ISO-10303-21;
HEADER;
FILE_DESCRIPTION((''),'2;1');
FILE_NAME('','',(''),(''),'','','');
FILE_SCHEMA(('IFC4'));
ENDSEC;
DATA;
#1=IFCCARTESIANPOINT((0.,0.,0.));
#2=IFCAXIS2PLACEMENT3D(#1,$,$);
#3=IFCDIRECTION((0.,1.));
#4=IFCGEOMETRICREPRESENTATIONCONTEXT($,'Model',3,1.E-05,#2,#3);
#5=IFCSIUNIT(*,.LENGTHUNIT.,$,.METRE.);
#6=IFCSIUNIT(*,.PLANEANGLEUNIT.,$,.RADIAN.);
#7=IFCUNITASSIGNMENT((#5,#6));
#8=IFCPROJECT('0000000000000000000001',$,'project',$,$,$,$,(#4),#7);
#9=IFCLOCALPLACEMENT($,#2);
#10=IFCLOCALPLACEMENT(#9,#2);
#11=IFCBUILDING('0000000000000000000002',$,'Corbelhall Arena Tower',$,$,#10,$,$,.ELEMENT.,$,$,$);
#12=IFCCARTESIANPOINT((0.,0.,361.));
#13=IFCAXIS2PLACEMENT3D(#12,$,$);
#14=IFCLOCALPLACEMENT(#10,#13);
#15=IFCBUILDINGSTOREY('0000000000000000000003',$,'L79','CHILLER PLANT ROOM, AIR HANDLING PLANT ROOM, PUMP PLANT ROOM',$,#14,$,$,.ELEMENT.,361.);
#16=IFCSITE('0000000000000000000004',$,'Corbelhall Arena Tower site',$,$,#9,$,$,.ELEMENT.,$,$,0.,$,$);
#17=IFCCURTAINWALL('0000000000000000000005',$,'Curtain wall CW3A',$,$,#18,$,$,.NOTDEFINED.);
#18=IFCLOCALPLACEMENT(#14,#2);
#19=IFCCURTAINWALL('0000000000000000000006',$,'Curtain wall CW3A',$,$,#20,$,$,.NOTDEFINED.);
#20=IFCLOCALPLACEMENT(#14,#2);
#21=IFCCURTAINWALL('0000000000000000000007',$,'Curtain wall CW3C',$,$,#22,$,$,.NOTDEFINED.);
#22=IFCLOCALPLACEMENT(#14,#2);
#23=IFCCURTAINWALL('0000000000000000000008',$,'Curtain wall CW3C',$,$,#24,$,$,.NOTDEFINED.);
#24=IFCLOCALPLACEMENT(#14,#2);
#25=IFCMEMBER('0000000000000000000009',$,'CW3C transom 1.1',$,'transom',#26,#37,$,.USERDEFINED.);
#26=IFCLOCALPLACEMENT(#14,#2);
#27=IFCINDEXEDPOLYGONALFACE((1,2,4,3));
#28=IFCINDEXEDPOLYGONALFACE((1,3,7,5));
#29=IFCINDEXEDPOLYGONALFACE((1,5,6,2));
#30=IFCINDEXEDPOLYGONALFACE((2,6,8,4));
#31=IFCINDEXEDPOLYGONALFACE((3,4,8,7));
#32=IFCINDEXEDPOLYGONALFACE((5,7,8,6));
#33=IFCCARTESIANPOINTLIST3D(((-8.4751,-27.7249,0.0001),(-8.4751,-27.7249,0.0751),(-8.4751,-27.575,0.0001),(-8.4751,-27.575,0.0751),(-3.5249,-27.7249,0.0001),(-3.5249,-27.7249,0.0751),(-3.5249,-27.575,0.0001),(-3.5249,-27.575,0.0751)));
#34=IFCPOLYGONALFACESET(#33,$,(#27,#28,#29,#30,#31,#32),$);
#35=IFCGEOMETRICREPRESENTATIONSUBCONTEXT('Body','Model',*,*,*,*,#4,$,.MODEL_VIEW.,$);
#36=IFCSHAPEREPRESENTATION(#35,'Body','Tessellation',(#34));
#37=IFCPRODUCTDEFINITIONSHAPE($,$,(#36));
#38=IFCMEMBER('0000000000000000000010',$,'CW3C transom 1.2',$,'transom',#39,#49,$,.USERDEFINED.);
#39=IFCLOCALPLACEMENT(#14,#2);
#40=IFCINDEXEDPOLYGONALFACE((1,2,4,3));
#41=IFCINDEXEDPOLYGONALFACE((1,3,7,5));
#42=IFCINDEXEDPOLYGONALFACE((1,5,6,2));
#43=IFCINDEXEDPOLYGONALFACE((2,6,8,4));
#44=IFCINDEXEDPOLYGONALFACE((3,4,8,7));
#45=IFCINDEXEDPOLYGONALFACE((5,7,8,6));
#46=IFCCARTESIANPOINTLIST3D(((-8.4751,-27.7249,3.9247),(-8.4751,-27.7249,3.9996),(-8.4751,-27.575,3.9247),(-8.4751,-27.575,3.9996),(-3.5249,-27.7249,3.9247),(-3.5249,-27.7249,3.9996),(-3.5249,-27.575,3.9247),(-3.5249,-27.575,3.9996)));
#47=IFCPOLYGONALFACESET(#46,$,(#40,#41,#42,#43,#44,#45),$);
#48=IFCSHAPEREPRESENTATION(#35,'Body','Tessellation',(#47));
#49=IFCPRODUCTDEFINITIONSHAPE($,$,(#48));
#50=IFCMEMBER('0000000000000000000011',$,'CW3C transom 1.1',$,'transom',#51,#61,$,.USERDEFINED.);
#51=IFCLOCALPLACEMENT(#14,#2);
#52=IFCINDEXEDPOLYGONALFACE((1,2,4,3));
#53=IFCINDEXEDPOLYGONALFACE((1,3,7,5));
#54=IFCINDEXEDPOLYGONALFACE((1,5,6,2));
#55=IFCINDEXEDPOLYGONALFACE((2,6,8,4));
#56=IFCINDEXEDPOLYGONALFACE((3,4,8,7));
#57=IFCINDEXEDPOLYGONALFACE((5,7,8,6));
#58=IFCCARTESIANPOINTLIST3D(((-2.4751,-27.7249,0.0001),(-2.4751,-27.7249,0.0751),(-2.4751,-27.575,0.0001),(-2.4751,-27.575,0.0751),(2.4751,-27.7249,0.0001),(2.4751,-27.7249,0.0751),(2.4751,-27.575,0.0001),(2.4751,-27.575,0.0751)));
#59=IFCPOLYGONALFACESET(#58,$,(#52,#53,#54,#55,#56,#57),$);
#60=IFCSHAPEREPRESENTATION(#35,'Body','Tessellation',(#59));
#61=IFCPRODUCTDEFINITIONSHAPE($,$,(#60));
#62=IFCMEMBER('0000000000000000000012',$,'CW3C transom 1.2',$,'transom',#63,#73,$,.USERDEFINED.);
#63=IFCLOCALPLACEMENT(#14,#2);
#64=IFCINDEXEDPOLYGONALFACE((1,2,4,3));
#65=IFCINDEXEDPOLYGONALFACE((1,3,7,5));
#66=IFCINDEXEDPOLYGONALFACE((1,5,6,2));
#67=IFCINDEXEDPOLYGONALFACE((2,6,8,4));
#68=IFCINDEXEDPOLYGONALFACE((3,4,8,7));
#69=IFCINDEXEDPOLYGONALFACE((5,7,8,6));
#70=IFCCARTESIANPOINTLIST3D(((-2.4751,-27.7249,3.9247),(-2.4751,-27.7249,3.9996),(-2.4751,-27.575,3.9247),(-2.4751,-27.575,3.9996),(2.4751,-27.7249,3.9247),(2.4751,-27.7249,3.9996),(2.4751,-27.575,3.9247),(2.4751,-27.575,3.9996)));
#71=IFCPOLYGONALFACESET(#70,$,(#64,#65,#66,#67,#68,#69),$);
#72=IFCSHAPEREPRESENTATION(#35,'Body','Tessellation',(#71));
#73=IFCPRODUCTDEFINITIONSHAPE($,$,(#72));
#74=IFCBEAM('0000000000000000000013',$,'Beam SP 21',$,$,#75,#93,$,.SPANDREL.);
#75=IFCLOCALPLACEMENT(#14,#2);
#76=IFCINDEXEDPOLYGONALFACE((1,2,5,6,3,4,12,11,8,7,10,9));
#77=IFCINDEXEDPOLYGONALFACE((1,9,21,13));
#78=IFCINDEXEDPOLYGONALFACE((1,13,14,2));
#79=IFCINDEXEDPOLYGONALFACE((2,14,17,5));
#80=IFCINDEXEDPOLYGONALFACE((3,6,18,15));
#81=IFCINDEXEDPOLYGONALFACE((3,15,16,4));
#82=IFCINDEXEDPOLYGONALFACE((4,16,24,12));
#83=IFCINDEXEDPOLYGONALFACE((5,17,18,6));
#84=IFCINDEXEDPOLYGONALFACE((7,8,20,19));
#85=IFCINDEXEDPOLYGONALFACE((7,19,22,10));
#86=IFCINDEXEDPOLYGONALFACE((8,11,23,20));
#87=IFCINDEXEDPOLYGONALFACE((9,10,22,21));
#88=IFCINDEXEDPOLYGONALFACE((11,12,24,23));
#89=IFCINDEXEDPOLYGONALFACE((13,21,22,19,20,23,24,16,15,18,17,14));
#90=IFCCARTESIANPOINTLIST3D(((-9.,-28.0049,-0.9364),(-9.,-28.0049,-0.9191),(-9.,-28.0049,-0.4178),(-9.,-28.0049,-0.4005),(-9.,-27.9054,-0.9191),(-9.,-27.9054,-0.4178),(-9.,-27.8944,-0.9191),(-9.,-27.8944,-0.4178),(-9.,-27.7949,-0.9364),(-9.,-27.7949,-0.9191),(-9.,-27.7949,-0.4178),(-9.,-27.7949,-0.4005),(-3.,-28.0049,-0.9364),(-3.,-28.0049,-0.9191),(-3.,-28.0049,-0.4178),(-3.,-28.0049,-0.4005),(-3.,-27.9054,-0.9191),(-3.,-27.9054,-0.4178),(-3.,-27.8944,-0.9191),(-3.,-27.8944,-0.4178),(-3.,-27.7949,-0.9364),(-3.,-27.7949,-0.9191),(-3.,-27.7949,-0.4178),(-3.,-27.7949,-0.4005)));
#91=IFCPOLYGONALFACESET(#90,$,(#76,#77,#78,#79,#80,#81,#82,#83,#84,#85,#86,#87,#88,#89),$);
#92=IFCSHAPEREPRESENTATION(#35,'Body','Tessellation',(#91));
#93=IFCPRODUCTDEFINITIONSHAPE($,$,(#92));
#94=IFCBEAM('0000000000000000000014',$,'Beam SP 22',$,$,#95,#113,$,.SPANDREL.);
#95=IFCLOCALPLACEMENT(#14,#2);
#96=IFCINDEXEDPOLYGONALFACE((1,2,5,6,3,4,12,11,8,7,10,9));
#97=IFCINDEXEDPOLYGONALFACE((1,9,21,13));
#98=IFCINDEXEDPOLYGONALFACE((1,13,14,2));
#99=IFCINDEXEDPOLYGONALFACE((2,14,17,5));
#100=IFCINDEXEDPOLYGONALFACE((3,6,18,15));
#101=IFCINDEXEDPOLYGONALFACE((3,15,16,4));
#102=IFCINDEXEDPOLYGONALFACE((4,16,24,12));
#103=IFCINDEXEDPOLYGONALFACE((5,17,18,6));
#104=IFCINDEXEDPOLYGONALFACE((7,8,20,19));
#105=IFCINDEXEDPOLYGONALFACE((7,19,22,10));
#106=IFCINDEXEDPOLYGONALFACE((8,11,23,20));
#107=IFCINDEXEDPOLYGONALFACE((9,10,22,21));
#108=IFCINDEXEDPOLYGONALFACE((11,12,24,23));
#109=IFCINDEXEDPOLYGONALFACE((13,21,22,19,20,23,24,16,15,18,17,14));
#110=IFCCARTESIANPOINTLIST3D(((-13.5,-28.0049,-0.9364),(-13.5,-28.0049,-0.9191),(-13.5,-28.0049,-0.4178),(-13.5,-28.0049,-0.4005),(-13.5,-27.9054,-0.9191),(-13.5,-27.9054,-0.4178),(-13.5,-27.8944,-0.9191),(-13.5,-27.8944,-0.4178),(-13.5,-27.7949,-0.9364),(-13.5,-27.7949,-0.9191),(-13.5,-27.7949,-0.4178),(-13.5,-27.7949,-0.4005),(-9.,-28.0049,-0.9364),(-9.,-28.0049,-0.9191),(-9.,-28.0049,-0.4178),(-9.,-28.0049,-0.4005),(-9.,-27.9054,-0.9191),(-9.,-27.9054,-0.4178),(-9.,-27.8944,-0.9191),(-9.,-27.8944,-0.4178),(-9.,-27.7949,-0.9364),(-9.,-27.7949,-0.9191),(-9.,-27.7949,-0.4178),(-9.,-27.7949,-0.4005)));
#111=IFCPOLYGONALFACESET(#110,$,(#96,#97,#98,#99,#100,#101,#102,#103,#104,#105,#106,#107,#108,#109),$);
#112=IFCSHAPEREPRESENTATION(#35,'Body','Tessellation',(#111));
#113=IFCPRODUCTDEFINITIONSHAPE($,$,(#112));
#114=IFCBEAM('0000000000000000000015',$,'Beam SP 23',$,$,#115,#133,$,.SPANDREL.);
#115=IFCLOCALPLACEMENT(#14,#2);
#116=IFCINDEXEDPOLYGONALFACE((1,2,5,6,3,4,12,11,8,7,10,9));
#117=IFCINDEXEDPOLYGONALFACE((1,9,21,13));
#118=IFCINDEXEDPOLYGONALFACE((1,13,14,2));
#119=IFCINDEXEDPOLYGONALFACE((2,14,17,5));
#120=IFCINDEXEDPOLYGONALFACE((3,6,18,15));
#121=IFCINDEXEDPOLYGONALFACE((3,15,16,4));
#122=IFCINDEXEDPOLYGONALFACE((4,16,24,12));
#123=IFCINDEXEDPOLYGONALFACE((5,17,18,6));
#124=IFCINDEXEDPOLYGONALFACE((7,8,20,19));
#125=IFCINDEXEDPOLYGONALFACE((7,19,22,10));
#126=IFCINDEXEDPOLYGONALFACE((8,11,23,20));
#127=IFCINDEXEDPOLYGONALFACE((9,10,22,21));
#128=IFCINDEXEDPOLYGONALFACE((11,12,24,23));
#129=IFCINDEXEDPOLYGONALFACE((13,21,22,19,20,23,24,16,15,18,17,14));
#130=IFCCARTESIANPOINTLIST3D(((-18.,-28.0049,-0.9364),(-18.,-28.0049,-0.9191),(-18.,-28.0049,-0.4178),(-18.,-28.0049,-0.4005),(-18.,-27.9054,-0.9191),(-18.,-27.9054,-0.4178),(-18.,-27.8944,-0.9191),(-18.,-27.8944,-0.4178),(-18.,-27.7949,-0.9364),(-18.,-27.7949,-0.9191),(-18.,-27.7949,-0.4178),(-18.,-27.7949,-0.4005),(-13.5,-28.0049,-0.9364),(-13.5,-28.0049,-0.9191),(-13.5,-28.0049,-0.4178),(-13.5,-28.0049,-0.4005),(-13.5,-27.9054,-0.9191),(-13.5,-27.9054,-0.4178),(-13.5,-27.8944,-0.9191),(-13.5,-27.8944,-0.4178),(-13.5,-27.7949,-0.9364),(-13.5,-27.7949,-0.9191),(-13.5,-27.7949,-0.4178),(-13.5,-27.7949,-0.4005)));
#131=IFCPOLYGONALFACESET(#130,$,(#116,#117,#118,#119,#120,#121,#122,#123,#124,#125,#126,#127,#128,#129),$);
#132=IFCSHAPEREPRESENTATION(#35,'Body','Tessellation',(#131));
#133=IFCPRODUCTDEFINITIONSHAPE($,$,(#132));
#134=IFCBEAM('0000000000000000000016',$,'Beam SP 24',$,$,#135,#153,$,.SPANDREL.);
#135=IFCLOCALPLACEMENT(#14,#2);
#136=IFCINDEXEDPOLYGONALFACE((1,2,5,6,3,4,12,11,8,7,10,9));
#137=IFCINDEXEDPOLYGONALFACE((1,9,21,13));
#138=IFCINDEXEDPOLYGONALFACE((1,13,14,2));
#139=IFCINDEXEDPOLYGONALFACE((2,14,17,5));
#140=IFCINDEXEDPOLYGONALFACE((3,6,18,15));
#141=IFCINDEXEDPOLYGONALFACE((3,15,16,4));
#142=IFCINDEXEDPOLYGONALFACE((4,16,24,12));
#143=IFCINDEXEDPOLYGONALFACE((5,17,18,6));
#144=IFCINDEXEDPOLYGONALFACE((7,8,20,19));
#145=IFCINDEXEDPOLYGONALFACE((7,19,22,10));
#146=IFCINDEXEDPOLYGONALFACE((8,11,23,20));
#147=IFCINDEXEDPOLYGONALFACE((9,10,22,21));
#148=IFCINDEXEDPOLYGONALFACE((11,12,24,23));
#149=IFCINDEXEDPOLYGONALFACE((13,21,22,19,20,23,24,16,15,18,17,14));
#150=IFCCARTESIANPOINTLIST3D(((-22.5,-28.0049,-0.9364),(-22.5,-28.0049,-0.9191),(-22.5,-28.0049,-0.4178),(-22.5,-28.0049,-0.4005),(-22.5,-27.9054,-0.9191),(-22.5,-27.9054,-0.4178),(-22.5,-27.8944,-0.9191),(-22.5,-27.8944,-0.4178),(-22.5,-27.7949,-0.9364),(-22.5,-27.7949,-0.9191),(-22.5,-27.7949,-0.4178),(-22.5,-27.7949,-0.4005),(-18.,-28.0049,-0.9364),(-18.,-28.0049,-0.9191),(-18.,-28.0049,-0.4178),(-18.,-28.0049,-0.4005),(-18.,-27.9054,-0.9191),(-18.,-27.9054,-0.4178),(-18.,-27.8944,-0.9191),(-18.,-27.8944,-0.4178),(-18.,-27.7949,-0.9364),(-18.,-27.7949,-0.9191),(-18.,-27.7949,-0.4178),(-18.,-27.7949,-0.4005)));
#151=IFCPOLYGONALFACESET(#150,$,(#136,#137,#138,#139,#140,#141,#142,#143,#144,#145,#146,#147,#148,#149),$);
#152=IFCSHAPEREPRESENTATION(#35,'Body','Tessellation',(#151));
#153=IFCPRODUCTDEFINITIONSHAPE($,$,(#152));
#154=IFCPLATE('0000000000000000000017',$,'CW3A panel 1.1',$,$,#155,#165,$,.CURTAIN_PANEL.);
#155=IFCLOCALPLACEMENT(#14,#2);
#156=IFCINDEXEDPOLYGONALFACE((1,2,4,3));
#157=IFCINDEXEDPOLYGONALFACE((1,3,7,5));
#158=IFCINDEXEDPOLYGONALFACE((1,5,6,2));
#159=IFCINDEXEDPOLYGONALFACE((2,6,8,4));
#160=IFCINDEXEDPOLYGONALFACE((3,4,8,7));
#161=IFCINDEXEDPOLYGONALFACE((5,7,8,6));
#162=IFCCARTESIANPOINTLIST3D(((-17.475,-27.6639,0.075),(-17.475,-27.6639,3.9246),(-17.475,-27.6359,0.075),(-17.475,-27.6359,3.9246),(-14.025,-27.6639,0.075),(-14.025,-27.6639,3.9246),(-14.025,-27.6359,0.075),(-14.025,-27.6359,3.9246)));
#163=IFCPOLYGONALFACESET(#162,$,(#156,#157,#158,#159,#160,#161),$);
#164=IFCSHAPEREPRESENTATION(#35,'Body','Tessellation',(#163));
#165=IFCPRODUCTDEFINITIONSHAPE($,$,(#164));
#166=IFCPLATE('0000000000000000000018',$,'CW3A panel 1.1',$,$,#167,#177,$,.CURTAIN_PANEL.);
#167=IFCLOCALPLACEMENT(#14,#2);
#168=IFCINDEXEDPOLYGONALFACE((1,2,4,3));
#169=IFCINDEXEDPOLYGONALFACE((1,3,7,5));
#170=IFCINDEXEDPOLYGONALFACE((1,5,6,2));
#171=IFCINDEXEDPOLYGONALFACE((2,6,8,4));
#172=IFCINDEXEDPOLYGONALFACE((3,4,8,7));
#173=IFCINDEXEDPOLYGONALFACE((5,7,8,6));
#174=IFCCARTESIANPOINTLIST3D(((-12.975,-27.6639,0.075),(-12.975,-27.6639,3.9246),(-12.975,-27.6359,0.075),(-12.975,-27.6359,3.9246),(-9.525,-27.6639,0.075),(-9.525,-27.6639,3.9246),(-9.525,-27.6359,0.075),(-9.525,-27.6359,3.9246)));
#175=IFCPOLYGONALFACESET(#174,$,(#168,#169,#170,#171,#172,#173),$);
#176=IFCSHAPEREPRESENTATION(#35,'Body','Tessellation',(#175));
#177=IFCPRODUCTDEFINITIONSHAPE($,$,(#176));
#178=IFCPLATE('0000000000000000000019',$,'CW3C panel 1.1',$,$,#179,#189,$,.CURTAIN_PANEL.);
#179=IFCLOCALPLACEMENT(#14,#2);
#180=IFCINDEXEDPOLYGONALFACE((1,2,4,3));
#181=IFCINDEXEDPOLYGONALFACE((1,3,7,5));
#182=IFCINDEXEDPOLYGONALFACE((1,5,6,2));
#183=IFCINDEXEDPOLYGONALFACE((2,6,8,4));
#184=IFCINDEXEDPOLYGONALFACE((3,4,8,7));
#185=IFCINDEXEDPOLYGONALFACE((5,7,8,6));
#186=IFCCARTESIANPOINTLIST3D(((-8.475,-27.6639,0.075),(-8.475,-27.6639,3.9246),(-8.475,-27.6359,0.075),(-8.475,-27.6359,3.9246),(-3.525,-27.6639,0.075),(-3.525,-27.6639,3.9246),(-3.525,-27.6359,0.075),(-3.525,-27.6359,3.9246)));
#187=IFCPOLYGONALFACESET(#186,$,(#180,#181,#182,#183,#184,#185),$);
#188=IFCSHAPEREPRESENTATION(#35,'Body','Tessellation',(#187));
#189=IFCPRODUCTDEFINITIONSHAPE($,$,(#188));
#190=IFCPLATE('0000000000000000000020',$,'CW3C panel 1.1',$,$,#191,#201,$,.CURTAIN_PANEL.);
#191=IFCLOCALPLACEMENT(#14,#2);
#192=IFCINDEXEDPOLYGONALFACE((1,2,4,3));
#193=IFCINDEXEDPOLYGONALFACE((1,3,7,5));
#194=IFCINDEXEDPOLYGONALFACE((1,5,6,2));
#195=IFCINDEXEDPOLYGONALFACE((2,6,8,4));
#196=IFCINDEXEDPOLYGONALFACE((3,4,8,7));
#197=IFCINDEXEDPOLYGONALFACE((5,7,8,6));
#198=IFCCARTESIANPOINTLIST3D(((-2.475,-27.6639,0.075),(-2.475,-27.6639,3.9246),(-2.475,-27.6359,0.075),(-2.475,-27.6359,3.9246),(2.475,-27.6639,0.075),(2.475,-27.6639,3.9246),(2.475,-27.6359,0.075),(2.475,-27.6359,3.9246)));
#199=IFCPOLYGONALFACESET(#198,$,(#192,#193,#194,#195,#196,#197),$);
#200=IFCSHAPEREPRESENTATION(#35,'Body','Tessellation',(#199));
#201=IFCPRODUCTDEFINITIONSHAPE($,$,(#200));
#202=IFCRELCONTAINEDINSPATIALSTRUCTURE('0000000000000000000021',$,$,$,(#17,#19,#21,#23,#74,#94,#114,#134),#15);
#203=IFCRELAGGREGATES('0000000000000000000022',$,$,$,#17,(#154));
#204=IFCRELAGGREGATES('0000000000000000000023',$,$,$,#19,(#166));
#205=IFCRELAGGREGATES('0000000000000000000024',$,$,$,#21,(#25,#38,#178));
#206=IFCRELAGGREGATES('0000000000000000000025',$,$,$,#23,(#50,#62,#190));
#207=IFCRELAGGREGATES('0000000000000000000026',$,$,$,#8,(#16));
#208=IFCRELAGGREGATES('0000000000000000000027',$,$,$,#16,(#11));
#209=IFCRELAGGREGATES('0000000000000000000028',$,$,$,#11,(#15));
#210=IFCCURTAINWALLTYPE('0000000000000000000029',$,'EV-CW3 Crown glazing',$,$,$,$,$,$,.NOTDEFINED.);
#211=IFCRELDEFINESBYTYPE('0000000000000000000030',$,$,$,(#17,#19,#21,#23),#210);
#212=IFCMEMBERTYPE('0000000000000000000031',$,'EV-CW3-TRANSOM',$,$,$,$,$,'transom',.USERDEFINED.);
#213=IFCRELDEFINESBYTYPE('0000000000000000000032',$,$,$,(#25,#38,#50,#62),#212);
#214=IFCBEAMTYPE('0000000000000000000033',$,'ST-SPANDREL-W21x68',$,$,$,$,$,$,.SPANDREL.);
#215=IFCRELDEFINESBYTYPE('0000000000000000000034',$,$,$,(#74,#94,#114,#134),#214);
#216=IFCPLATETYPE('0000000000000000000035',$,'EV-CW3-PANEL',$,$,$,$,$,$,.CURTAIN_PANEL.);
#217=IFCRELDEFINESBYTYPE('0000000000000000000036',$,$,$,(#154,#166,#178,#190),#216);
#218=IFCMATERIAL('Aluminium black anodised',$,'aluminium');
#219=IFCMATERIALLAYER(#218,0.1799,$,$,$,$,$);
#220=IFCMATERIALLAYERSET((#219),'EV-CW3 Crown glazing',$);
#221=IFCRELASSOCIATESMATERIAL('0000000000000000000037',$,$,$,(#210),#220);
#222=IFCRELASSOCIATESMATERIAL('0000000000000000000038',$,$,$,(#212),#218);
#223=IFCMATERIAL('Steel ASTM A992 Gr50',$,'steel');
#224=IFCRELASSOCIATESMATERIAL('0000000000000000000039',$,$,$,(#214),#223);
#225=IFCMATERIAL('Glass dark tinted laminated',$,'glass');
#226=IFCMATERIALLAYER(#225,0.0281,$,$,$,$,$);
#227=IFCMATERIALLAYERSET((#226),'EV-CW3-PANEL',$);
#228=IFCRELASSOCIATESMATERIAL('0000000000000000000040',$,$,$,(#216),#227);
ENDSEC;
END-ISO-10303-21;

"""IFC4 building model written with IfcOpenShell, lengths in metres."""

from ifc_helpers import new_model, si_unit, direction, frame, origin, origin_2d, place, context, subcontext, project, spatial, rectangle, i_section, extrude, material, layer, layer_set, material_profile, profile_set, type_object, element, aggregate, save


model = new_model("IFC4")

# Units and contexts
model_context = context("Model", 3, precision=1e-05, world=origin(), true_north=direction((0.0, 1.0)))
body_context = subcontext(model_context, "Body", "Model", "MODEL_VIEW")
ifc_project = project(units=[si_unit("LENGTHUNIT", "METRE"), si_unit("PLANEANGLEUNIT", "RADIAN")], contexts=[model_context])

# Site, building, storey
site_placement = place(None, origin())
site = spatial("IfcSite", under=ifc_project, at=site_placement, Name="Corbelhall Arena Tower site", CompositionType="ELEMENT", RefElevation=0.0)
building_placement = place(site_placement, origin())
building = spatial("IfcBuilding", under=site, at=building_placement, Name="Corbelhall Arena Tower", CompositionType="ELEMENT")
storey_placement = place(building_placement, frame((0.0, 0.0, 361.0)))
storey = spatial("IfcBuildingStorey", under=building, at=storey_placement, Name="L79", Description="CHILLER PLANT ROOM, AIR HANDLING PLANT ROOM, PUMP PLANT ROOM", CompositionType="ELEMENT", Elevation=361.0)

# Curtain walls
ifc_material_1 = material(Name="Aluminium black anodised", Category="aluminium")
ifc_layer_1 = layer(ifc_material_1, 0.1799)
ifc_layer_set_1 = layer_set([ifc_layer_1], Name="EV-CW3 Crown glazing")
curtain_wall_type = type_object("IfcCurtainWallType", Name="EV-CW3 Crown glazing", PredefinedType="NOTDEFINED", material=ifc_layer_set_1)
curtain_wall_1_placement = place(storey_placement, origin())
curtain_wall_1 = element("IfcCurtainWall", 1, at=curtain_wall_1_placement, inside=storey, type_object=curtain_wall_type, Name="Curtain wall CW3A", PredefinedType="NOTDEFINED")
curtain_wall_2_placement = place(storey_placement, origin())
curtain_wall_2 = element("IfcCurtainWall", 2, at=curtain_wall_2_placement, inside=storey, type_object=curtain_wall_type, Name="Curtain wall CW3A", PredefinedType="NOTDEFINED")
curtain_wall_3_placement = place(storey_placement, origin())
curtain_wall_3 = element("IfcCurtainWall", 3, at=curtain_wall_3_placement, inside=storey, type_object=curtain_wall_type, Name="Curtain wall CW3C", PredefinedType="NOTDEFINED")

# Curtain wall
curtain_wall_4_placement = place(storey_placement, origin())
curtain_wall_4 = element("IfcCurtainWall", 4, at=curtain_wall_4_placement, inside=storey, type_object=curtain_wall_type, Name="Curtain wall CW3C", PredefinedType="NOTDEFINED")

# Members
ifc_material_profile_1 = material_profile(ifc_material_1, rectangle(XDim=0.1499, YDim=0.075, at=origin_2d()))
ifc_profile_set_1 = profile_set([ifc_material_profile_1], Name="Aluminium black anodised")
member_type_1 = type_object("IfcMemberType", Name="EV-CW3-TRANSOM", ElementType="transom", PredefinedType="USERDEFINED", material=ifc_profile_set_1)
member_1_placement = place(storey_placement, frame((-8.4751, -27.6499, 0.0376), z_axis=(1.0, 0.0, 0.0), x_axis=(0.0, 1.0, 0.0)))
member_1 = element("IfcMember", 5, at=member_1_placement, type_object=member_type_1, Name="CW3C transom 1.1", ObjectType="transom", PredefinedType="USERDEFINED", context=body_context, shape_type="SweptSolid", body=[
    extrude(rectangle(XDim=0.1499, YDim=0.075, at=origin_2d()), origin(), (0.0, 0.0, 1.0), 4.9502),
])
member_2_placement = place(storey_placement, frame((-8.4751, -27.6499, 3.9622), z_axis=(1.0, 0.0, 0.0), x_axis=(0.0, 1.0, 0.0)))
member_2 = element("IfcMember", 6, at=member_2_placement, type_object=member_type_1, Name="CW3C transom 1.2", ObjectType="transom", PredefinedType="USERDEFINED", context=body_context, shape_type="SweptSolid", body=[
    extrude(rectangle(XDim=0.1499, YDim=0.075, at=origin_2d()), origin(), (0.0, 0.0, 1.0), 4.9502),
])
member_3_placement = place(storey_placement, frame((-2.4751, -27.6499, 0.0376), z_axis=(1.0, 0.0, 0.0), x_axis=(0.0, 1.0, 0.0)))
member_3 = element("IfcMember", 7, at=member_3_placement, type_object=member_type_1, Name="CW3C transom 1.1", ObjectType="transom", PredefinedType="USERDEFINED", context=body_context, shape_type="SweptSolid", body=[
    extrude(rectangle(XDim=0.1499, YDim=0.075, at=origin_2d()), origin(), (0.0, 0.0, 1.0), 4.9502),
])
member_4_placement = place(storey_placement, frame((-2.4751, -27.6499, 3.9622), z_axis=(1.0, 0.0, 0.0), x_axis=(0.0, 1.0, 0.0)))
member_4 = element("IfcMember", 8, at=member_4_placement, type_object=member_type_1, Name="CW3C transom 1.2", ObjectType="transom", PredefinedType="USERDEFINED", context=body_context, shape_type="SweptSolid", body=[
    extrude(rectangle(XDim=0.1499, YDim=0.075, at=origin_2d()), origin(), (0.0, 0.0, 1.0), 4.9502),
])

# Beams
ifc_material_2 = material(Name="Steel ASTM A992 Gr50", Category="steel")
ifc_material_profile_2 = material_profile(ifc_material_2, i_section(OverallWidth=0.21, OverallDepth=0.5359, WebThickness=0.011, FlangeThickness=0.0173, at=origin_2d()))
ifc_profile_set_2 = profile_set([ifc_material_profile_2], Name="Steel ASTM A992 Gr50")
beam_type = type_object("IfcBeamType", Name="ST-SPANDREL-W21x68", PredefinedType="SPANDREL", material=ifc_profile_set_2)
beam_placement = place(storey_placement, frame((-3.0, -27.8999, -0.6685), z_axis=(-1.0, 0.0, 0.0), x_axis=(0.0, -1.0, 0.0)))
element("IfcBeam", 9, at=beam_placement, inside=storey, type_object=beam_type, Name="Beam SP 21", PredefinedType="SPANDREL", context=body_context, shape_type="SweptSolid", body=[
    extrude(i_section(OverallWidth=0.21, OverallDepth=0.5359, WebThickness=0.011, FlangeThickness=0.0173, at=origin_2d()), origin(), (0.0, 0.0, 1.0), 6.0),
])
for number, where, z_axis, x_axis, name in (
    (10, (-9.0, -27.8999, -0.6685), (-1.0, 0.0, 0.0), (0.0, -1.0, 0.0), "Beam SP 22"),
    (11, (-13.5, -27.8999, -0.6685), (-1.0, 0.0, 0.0), (0.0, -1.0, 0.0), "Beam SP 23"),
    (12, (-18.0, -27.8999, -0.6685), (-1.0, 0.0, 0.0), (0.0, -1.0, 0.0), "Beam SP 24"),
):
    element("IfcBeam", number, at=place(storey_placement, frame(where, z_axis=z_axis, x_axis=x_axis)), inside=storey, type_object=beam_type, Name=name, PredefinedType="SPANDREL", context=body_context, shape_type="SweptSolid", body=[
        extrude(i_section(OverallWidth=0.21, OverallDepth=0.5359, WebThickness=0.011, FlangeThickness=0.0173, at=origin_2d()), origin(), (0.0, 0.0, 1.0), 4.5),
    ])

# Plates
ifc_material_3 = material(Name="Glass dark tinted laminated", Category="glass")
ifc_layer_2 = layer(ifc_material_3, 0.0281)
ifc_layer_set_2 = layer_set([ifc_layer_2], Name="EV-CW3-PANEL")
plate_type = type_object("IfcPlateType", Name="EV-CW3-PANEL", PredefinedType="CURTAIN_PANEL", material=ifc_layer_set_2)
plate_1_placement = place(storey_placement, frame((-15.75, -27.6499, 0.075), z_axis=(0.0, 0.0, 1.0), x_axis=(1.0, 0.0, 0.0)))
plate_1 = element("IfcPlate", 13, at=plate_1_placement, type_object=plate_type, Name="CW3A panel 1.1", PredefinedType="CURTAIN_PANEL", context=body_context, shape_type="SweptSolid", body=[
    extrude(rectangle(XDim=3.45, YDim=0.0281, at=origin_2d()), origin(), (0.0, 0.0, 1.0), 3.8496),
])
aggregate(curtain_wall_1, [plate_1])
plate_2_placement = place(storey_placement, frame((-11.25, -27.6499, 0.075), z_axis=(0.0, 0.0, 1.0), x_axis=(1.0, 0.0, 0.0)))
plate_2 = element("IfcPlate", 14, at=plate_2_placement, type_object=plate_type, Name="CW3A panel 1.1", PredefinedType="CURTAIN_PANEL", context=body_context, shape_type="SweptSolid", body=[
    extrude(rectangle(XDim=3.45, YDim=0.0281, at=origin_2d()), origin(), (0.0, 0.0, 1.0), 3.8496),
])
aggregate(curtain_wall_2, [plate_2])
plate_3_placement = place(storey_placement, frame((-6.0, -27.6499, 0.075), z_axis=(0.0, 0.0, 1.0), x_axis=(1.0, 0.0, 0.0)))
plate_3 = element("IfcPlate", 15, at=plate_3_placement, type_object=plate_type, Name="CW3C panel 1.1", PredefinedType="CURTAIN_PANEL", context=body_context, shape_type="SweptSolid", body=[
    extrude(rectangle(XDim=4.95, YDim=0.0281, at=origin_2d()), origin(), (0.0, 0.0, 1.0), 3.8496),
])
aggregate(curtain_wall_3, [member_1, member_2, plate_3])
plate_4_placement = place(storey_placement, frame((0.0, -27.6499, 0.075), z_axis=(0.0, 0.0, 1.0), x_axis=(1.0, 0.0, 0.0)))
plate_4 = element("IfcPlate", 16, at=plate_4_placement, type_object=plate_type, Name="CW3C panel 1.1", PredefinedType="CURTAIN_PANEL", context=body_context, shape_type="SweptSolid", body=[
    extrude(rectangle(XDim=4.95, YDim=0.0281, at=origin_2d()), origin(), (0.0, 0.0, 1.0), 3.8496),
])
aggregate(curtain_wall_4, [member_3, member_4, plate_4])

save(model, "model.ifc")
